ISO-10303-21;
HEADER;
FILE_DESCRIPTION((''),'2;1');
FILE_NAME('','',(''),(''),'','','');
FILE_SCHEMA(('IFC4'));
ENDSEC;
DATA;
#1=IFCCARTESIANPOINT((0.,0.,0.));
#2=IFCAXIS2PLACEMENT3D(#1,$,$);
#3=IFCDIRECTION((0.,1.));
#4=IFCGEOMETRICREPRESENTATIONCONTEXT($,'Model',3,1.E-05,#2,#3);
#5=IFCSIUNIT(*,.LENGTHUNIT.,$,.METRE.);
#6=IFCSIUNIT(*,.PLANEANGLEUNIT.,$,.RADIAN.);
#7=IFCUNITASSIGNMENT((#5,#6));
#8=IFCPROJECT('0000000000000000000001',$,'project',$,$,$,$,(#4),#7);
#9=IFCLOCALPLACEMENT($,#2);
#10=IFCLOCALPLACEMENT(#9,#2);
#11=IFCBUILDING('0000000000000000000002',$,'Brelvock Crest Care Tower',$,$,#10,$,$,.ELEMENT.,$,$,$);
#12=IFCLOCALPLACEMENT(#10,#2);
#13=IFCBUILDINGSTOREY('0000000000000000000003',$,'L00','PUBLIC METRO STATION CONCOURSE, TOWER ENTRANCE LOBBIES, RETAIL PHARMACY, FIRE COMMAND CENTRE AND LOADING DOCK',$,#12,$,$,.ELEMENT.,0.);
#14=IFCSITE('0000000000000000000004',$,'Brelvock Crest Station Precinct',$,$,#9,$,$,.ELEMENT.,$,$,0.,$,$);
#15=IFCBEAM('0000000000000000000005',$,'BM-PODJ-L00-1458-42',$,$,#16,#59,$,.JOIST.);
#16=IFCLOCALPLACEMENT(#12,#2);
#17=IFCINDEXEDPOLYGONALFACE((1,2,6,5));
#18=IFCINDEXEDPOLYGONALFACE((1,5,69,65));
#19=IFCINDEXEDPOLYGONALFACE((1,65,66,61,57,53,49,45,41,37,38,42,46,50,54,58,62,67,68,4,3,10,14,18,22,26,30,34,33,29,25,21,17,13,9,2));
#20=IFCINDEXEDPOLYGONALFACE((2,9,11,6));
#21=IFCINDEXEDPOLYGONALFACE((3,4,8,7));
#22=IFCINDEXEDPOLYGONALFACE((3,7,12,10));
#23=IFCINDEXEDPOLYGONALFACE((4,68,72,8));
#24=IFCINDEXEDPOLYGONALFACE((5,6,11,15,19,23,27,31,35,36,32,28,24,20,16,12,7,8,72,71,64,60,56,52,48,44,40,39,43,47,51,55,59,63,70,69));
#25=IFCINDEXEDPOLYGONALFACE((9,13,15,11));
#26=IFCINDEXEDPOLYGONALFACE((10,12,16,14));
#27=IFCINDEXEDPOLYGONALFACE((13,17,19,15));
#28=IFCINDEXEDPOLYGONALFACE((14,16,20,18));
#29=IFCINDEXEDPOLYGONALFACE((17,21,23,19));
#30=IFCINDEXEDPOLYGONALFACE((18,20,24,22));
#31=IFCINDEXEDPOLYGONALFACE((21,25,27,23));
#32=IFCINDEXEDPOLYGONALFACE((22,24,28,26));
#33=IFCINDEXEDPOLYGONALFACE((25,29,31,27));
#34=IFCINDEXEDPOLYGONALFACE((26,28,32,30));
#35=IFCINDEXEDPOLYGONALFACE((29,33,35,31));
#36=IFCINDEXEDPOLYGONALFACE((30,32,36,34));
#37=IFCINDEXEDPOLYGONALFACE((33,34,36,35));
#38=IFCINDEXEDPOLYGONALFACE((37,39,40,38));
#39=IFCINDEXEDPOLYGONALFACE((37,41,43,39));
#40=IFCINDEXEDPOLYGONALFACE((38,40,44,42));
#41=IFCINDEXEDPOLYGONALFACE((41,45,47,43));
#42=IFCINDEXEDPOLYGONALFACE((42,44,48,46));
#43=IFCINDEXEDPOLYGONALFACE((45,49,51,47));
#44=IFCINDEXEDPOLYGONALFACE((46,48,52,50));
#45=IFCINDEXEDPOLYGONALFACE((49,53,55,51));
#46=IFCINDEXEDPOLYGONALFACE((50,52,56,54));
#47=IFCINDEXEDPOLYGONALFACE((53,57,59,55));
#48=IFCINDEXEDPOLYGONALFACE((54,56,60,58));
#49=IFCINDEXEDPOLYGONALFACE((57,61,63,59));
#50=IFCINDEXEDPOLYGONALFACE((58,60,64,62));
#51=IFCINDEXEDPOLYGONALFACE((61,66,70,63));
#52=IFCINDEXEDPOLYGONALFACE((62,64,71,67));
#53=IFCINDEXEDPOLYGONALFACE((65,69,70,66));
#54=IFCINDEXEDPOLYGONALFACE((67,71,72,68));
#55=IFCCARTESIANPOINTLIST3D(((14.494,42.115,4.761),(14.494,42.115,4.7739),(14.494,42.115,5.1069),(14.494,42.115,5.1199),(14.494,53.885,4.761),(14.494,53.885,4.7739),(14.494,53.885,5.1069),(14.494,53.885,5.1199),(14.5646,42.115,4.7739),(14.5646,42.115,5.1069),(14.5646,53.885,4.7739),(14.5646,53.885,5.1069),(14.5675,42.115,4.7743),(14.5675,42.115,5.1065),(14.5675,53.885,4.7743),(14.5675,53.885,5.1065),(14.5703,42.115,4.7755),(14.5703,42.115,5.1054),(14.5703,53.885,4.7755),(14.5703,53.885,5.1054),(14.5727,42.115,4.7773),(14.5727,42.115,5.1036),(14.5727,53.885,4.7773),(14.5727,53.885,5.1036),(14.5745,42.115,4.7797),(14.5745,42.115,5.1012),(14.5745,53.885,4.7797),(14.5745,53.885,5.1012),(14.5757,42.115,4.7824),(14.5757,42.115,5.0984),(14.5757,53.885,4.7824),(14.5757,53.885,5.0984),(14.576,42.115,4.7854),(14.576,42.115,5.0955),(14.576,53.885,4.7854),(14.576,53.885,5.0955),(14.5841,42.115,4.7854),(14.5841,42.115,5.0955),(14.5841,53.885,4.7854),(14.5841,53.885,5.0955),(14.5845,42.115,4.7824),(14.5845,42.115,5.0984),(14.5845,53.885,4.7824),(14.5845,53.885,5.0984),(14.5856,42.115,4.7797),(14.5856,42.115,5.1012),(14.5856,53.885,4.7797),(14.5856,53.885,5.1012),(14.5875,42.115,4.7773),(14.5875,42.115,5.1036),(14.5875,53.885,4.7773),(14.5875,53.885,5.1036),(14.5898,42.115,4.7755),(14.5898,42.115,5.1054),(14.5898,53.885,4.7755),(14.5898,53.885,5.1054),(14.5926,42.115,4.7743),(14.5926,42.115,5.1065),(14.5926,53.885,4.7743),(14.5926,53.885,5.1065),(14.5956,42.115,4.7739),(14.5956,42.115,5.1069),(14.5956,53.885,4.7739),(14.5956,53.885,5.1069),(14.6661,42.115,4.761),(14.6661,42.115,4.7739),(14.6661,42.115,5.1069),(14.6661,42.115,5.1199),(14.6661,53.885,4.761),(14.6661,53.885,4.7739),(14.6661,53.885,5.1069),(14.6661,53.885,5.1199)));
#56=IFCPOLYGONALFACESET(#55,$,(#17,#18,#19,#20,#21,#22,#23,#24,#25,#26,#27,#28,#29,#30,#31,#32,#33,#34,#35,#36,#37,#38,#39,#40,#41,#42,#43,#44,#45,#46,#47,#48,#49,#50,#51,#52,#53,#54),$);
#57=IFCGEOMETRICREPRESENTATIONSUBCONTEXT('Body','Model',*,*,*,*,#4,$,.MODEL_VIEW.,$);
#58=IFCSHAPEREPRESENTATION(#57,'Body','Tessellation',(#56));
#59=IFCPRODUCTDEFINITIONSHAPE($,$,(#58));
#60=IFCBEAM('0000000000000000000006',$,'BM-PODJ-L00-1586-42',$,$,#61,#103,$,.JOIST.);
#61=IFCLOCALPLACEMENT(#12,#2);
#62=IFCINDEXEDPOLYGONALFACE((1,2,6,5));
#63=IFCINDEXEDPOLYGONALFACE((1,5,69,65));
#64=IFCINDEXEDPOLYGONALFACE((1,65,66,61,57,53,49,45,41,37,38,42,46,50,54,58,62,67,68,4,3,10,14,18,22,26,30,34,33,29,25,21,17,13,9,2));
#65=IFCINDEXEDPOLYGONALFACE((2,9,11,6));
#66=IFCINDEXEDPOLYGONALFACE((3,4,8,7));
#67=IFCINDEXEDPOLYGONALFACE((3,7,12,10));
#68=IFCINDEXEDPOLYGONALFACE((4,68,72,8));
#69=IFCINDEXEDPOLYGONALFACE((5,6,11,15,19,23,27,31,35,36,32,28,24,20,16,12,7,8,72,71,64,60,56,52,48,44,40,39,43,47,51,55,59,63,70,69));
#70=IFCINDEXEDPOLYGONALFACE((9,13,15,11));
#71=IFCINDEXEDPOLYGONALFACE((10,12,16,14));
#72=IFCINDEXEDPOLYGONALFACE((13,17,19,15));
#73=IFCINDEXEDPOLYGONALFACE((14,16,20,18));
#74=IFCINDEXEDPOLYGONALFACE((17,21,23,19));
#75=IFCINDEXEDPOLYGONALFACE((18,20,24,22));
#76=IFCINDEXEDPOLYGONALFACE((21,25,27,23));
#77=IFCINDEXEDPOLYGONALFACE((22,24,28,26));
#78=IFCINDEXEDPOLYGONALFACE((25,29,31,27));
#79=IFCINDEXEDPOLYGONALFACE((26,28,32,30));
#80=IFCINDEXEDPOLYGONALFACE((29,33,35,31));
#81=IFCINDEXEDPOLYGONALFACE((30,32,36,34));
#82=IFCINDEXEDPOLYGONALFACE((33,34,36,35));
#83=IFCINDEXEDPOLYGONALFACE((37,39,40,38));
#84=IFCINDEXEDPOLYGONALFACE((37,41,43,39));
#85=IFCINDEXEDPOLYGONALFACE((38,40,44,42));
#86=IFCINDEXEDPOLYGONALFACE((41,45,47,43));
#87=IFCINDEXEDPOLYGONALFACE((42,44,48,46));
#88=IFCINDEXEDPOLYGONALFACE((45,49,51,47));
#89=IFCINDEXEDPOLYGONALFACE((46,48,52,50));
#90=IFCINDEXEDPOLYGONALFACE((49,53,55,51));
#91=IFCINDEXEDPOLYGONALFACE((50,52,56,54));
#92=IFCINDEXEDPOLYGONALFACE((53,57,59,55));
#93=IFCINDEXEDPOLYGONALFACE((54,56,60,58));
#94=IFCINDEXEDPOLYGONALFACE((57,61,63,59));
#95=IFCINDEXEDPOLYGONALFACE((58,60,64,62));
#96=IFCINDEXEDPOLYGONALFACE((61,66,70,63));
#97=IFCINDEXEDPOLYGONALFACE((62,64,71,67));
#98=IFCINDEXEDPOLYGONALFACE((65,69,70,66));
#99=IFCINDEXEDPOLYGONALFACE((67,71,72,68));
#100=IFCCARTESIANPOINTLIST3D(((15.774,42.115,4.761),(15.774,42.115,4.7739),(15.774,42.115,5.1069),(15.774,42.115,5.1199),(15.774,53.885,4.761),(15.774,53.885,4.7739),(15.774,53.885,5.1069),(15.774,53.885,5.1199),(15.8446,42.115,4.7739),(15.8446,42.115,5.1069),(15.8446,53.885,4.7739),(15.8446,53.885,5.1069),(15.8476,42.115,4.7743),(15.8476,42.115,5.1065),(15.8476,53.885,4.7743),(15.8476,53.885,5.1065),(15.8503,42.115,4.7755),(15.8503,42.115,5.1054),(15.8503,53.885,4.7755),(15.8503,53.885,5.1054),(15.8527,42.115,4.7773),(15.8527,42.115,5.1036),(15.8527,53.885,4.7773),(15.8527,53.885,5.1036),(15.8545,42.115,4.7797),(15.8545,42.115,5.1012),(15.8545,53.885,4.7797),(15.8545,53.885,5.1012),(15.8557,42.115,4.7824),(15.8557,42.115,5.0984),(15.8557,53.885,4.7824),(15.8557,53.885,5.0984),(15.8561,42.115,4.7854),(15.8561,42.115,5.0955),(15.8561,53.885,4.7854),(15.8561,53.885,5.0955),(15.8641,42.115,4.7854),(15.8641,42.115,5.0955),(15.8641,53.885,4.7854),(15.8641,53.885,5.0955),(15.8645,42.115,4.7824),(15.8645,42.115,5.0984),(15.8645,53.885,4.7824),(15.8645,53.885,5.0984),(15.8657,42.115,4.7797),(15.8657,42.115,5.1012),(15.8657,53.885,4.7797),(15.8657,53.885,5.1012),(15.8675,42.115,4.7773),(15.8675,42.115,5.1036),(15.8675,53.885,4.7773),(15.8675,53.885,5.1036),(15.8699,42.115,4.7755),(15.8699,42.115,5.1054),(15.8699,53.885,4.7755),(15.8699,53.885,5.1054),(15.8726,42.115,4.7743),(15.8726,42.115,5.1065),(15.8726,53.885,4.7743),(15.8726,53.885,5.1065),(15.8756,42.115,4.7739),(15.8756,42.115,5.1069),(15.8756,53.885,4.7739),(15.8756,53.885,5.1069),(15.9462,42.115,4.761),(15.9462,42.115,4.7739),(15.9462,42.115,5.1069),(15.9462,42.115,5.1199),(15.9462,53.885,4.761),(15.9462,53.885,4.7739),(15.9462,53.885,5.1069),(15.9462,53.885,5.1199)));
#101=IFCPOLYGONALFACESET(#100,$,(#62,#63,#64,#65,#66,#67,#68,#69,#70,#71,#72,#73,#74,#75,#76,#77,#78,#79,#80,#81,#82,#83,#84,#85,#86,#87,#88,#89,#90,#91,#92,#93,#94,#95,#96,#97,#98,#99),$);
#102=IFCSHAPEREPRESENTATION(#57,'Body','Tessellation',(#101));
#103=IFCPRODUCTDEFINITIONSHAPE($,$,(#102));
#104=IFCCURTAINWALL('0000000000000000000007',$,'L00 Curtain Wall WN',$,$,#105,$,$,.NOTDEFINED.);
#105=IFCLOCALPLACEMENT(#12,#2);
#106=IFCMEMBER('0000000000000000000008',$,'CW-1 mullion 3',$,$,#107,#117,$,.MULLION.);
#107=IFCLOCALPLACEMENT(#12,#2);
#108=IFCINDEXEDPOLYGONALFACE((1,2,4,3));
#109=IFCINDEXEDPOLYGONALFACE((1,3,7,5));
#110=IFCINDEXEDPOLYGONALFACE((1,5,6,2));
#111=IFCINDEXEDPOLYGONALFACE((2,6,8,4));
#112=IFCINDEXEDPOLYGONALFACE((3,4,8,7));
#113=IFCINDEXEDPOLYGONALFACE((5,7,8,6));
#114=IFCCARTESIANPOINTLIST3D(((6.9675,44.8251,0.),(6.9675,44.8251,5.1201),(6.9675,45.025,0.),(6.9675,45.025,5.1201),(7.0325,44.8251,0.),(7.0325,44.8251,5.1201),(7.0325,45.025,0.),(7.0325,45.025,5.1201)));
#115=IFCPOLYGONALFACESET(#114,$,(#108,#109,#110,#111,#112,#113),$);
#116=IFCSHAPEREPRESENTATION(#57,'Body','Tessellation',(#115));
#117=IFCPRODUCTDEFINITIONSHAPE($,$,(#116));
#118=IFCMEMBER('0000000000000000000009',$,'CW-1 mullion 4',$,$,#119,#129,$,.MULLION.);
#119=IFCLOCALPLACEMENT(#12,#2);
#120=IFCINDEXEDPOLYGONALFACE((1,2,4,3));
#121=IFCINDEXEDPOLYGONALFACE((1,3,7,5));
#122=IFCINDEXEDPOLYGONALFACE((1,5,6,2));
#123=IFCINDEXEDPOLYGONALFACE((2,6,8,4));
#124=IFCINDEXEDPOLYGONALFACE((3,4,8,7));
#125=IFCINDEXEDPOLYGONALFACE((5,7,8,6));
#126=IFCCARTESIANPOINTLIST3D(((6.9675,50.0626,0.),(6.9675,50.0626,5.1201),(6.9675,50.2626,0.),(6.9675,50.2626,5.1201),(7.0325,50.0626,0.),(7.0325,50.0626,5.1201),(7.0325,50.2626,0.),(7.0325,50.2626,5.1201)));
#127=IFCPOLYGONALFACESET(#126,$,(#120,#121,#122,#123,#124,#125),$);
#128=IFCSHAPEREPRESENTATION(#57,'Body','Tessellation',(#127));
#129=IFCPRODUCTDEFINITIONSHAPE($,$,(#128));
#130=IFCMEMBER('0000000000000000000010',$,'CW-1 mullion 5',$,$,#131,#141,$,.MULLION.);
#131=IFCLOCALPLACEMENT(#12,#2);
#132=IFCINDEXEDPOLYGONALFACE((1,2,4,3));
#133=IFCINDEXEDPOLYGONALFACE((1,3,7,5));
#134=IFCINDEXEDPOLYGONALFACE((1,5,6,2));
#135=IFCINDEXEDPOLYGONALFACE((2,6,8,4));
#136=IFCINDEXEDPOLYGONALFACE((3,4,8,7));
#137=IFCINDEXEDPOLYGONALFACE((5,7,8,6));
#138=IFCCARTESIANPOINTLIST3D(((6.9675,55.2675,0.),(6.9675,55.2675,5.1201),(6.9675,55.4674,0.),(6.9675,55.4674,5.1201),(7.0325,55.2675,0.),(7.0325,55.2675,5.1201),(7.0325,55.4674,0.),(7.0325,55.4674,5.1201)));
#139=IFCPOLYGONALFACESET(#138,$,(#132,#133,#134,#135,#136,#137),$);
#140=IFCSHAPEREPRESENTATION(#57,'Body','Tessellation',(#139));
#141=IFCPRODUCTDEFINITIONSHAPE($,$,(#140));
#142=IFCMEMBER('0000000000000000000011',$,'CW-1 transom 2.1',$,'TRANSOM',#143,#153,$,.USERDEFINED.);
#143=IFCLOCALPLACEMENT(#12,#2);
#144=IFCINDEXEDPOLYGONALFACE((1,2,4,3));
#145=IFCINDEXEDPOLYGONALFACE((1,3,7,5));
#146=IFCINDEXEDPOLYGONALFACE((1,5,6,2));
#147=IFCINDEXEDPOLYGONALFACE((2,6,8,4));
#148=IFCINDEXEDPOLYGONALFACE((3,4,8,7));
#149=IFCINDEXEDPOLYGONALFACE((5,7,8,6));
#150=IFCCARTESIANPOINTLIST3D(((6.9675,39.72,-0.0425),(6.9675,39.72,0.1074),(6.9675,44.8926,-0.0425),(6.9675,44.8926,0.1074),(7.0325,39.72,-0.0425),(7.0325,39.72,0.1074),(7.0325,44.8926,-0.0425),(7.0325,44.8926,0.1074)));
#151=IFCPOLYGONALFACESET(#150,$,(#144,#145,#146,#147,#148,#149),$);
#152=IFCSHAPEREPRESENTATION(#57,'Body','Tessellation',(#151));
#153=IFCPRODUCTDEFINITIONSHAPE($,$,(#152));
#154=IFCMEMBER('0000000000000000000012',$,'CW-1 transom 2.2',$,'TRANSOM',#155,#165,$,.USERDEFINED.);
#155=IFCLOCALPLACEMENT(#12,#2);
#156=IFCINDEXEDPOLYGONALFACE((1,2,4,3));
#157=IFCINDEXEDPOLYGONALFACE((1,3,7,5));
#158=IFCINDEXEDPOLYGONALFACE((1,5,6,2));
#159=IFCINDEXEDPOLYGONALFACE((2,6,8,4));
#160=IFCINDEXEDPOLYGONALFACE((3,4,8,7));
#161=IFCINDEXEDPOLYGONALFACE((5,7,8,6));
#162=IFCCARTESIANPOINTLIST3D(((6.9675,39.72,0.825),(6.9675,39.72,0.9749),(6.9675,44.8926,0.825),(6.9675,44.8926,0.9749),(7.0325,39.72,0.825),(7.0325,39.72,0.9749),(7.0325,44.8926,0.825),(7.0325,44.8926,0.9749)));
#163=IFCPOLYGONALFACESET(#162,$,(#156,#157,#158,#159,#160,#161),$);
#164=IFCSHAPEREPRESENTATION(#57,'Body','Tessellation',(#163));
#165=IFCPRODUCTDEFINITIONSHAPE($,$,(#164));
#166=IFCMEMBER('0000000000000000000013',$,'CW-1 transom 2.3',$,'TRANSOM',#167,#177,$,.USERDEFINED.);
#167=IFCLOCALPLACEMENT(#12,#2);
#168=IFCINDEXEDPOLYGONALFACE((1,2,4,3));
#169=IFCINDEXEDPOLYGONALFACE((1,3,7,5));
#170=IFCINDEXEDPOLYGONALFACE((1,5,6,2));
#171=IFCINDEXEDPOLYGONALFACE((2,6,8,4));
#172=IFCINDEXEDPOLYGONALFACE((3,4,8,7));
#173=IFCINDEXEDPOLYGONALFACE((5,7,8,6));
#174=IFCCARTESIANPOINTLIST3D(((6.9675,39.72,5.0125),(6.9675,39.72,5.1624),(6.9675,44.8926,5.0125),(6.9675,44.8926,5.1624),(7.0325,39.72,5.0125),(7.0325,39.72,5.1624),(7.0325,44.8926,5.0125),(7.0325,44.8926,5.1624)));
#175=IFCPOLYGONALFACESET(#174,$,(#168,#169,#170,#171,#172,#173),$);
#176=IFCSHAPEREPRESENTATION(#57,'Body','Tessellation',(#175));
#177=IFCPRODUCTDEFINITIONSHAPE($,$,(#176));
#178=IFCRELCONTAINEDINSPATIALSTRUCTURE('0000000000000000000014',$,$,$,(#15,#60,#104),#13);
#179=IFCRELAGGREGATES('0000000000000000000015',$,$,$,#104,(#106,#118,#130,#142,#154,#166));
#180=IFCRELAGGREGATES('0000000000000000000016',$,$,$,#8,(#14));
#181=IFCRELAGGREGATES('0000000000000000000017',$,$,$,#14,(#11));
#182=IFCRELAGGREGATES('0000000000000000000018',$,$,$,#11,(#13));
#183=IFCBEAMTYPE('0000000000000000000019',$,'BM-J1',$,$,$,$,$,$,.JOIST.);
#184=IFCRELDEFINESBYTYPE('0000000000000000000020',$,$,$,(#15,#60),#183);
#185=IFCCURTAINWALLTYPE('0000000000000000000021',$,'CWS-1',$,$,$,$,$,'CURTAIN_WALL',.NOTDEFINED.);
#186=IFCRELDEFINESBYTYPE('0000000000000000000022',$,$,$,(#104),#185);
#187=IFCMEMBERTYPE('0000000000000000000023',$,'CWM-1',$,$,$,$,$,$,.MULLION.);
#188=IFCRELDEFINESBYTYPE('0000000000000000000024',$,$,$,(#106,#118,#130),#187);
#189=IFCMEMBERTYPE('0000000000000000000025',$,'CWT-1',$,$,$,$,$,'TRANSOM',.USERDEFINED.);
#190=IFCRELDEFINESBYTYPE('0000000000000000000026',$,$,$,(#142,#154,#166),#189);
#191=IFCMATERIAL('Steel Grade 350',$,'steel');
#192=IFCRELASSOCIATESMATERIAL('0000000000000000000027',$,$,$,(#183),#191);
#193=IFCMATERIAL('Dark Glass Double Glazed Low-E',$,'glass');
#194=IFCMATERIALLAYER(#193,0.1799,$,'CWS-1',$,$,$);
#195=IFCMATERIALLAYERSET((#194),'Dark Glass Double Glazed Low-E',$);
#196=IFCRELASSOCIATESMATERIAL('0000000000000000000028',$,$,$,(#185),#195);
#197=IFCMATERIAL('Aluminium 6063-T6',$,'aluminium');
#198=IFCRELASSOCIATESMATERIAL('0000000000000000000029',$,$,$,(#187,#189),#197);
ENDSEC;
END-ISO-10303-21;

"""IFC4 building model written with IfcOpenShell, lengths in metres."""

from ifc_helpers import new_model, si_unit, direction, frame, origin, origin_2d, place, context, subcontext, project, spatial, rectangle, i_section, extrude, source, transform, mapped, material, layer, layer_set, material_profile, profile_set, type_object, element, aggregate, save


model = new_model("IFC4")

# Units and contexts
model_context = context("Model", 3, precision=1e-05, world=origin(), true_north=direction((0.0, 1.0)))
body_context = subcontext(model_context, "Body", "Model", "MODEL_VIEW")
ifc_project = project(units=[si_unit("LENGTHUNIT", "METRE"), si_unit("PLANEANGLEUNIT", "RADIAN")], contexts=[model_context])

# Site, building, storey
site_placement = place(None, origin())
site = spatial("IfcSite", under=ifc_project, at=site_placement, Name="Brelvock Crest Station Precinct", CompositionType="ELEMENT", RefElevation=0.0)
building_placement = place(site_placement, origin())
building = spatial("IfcBuilding", under=site, at=building_placement, Name="Brelvock Crest Care Tower", CompositionType="ELEMENT")
storey_placement = place(building_placement, origin())
storey = spatial("IfcBuildingStorey", under=building, at=storey_placement, Name="L00", Description="PUBLIC METRO STATION CONCOURSE, TOWER ENTRANCE LOBBIES, RETAIL PHARMACY, FIRE COMMAND CENTRE AND LOADING DOCK", CompositionType="ELEMENT", Elevation=0.0)

# Shared definitions
ifc_material_1 = material(Name="Steel Grade 350", Category="steel")

# Beams
ifc_material_profile_1 = material_profile(ifc_material_1, i_section(OverallWidth=0.1721, OverallDepth=0.3589, WebThickness=0.0081, FlangeThickness=0.0129, FilletRadius=0.0115, at=origin_2d()), Name="360UB56.7")
ifc_profile_set_1 = profile_set([ifc_material_profile_1], Name="Steel Grade 350")
beam_type_1 = type_object("IfcBeamType", Name="BM-J1", PredefinedType="JOIST", material=ifc_profile_set_1)
shared_shape_1 = source(origin(), body_context, "Body", "SweptSolid", [
    extrude(i_section(OverallWidth=0.1721, OverallDepth=0.3589, WebThickness=0.0081, FlangeThickness=0.0129, FilletRadius=0.0115, at=origin_2d()), origin(), (0.0, 0.0, 1.0), 11.77),
])
for number, where, z_axis, x_axis, name in (
    (1, (14.5801, 42.115, 4.9404), (0.0, 1.0, 0.0), (-1.0, 0.0, 0.0), "BM-PODJ-L00-1458-42"),
    (2, (15.8601, 42.115, 4.9404), (0.0, 1.0, 0.0), (-1.0, 0.0, 0.0), "BM-PODJ-L00-1586-42"),
):
    element("IfcBeam", number, at=place(storey_placement, frame(where, z_axis=z_axis, x_axis=x_axis)), inside=storey, type_object=beam_type_1, Name=name, PredefinedType="JOIST", context=body_context, shape_type="MappedRepresentation", body=[
        mapped(shared_shape_1, transform((0.0, 0.0, 0.0), x_axis=(1.0, 0.0, 0.0), y_axis=(0.0, 1.0, 0.0), z_axis=(0.0, 0.0, 1.0), scale=1.0)),
    ])

# Curtain wall, members
ifc_material_2 = material(Name="Dark Glass Double Glazed Low-E", Category="glass")
ifc_layer_1 = layer(ifc_material_2, 0.1799, Name="CWS-1")
ifc_layer_set_1 = layer_set([ifc_layer_1], Name="Dark Glass Double Glazed Low-E")
curtain_wall_type = type_object("IfcCurtainWallType", Name="CWS-1", ElementType="CURTAIN_WALL", PredefinedType="NOTDEFINED", material=ifc_layer_set_1)
curtain_wall_placement = place(storey_placement, origin())
curtain_wall = element("IfcCurtainWall", 3, at=curtain_wall_placement, inside=storey, type_object=curtain_wall_type, Name="L00 Curtain Wall WN", PredefinedType="NOTDEFINED")
ifc_material_3 = material(Name="Aluminium 6063-T6", Category="aluminium")
ifc_material_profile_2 = material_profile(ifc_material_3, rectangle(XDim=0.0649, YDim=0.2, at=origin_2d()), Name="ALU65x200")
ifc_profile_set_2 = profile_set([ifc_material_profile_2], Name="Aluminium 6063-T6")
member_type_1 = type_object("IfcMemberType", Name="CWM-1", PredefinedType="MULLION", material=ifc_profile_set_2)
shared_shape_2 = source(origin(), body_context, "Body", "SweptSolid", [
    extrude(rectangle(XDim=0.0649, YDim=0.2, at=origin_2d()), origin(), (0.0, 0.0, 1.0), 5.1201),
])
member_1_placement = place(storey_placement, frame((7.0, 44.925, 0.0), z_axis=(0.0, 0.0, 1.0), x_axis=(-1.0, 0.0, 0.0)))
member_1 = element("IfcMember", 4, at=member_1_placement, type_object=member_type_1, Name="CW-1 mullion 3", PredefinedType="MULLION", context=body_context, shape_type="MappedRepresentation", body=[
    mapped(shared_shape_2, transform((0.0, 0.0, 0.0), x_axis=(1.0, 0.0, 0.0), y_axis=(0.0, 1.0, 0.0), z_axis=(0.0, 0.0, 1.0), scale=1.0)),
])
member_2_placement = place(storey_placement, frame((7.0, 50.1626, 0.0), z_axis=(0.0, 0.0, 1.0), x_axis=(-1.0, 0.0, 0.0)))
member_2 = element("IfcMember", 5, at=member_2_placement, type_object=member_type_1, Name="CW-1 mullion 4", PredefinedType="MULLION", context=body_context, shape_type="MappedRepresentation", body=[
    mapped(shared_shape_2, transform((0.0, 0.0, 0.0), x_axis=(1.0, 0.0, 0.0), y_axis=(0.0, 1.0, 0.0), z_axis=(0.0, 0.0, 1.0), scale=1.0)),
])
member_3_placement = place(storey_placement, frame((7.0, 55.3674, 0.0), z_axis=(0.0, 0.0, 1.0), x_axis=(-1.0, 0.0, 0.0)))
member_3 = element("IfcMember", 6, at=member_3_placement, type_object=member_type_1, Name="CW-1 mullion 5", PredefinedType="MULLION", context=body_context, shape_type="MappedRepresentation", body=[
    mapped(shared_shape_2, transform((0.0, 0.0, 0.0), x_axis=(1.0, 0.0, 0.0), y_axis=(0.0, 1.0, 0.0), z_axis=(0.0, 0.0, 1.0), scale=1.0)),
])
ifc_material_profile_3 = material_profile(ifc_material_3, rectangle(XDim=0.0649, YDim=0.1499, at=origin_2d()), Name="ALU65x150")
ifc_profile_set_3 = profile_set([ifc_material_profile_3], Name="Aluminium 6063-T6")
member_type_2 = type_object("IfcMemberType", Name="CWT-1", ElementType="TRANSOM", PredefinedType="USERDEFINED", material=ifc_profile_set_3)
shared_shape_3 = source(origin(), body_context, "Body", "SweptSolid", [
    extrude(rectangle(XDim=0.0649, YDim=0.1499, at=origin_2d()), origin(), (0.0, 0.0, 1.0), 5.1726),
])
member_4_placement = place(storey_placement, frame((7.0, 39.72, 0.0325), z_axis=(0.0, 1.0, 0.0), x_axis=(-1.0, 0.0, 0.0)))
member_4 = element("IfcMember", 7, at=member_4_placement, type_object=member_type_2, Name="CW-1 transom 2.1", ObjectType="TRANSOM", PredefinedType="USERDEFINED", context=body_context, shape_type="MappedRepresentation", body=[
    mapped(shared_shape_3, transform((0.0, 0.0, 0.0), x_axis=(1.0, 0.0, 0.0), y_axis=(0.0, 1.0, 0.0), z_axis=(0.0, 0.0, 1.0), scale=1.0)),
])
member_5_placement = place(storey_placement, frame((7.0, 39.72, 0.8999), z_axis=(0.0, 1.0, 0.0), x_axis=(-1.0, 0.0, 0.0)))
member_5 = element("IfcMember", 8, at=member_5_placement, type_object=member_type_2, Name="CW-1 transom 2.2", ObjectType="TRANSOM", PredefinedType="USERDEFINED", context=body_context, shape_type="MappedRepresentation", body=[
    mapped(shared_shape_3, transform((0.0, 0.0, 0.0), x_axis=(1.0, 0.0, 0.0), y_axis=(0.0, 1.0, 0.0), z_axis=(0.0, 0.0, 1.0), scale=1.0)),
])
member_6_placement = place(storey_placement, frame((7.0, 39.72, 5.0874), z_axis=(0.0, 1.0, 0.0), x_axis=(-1.0, 0.0, 0.0)))
member_6 = element("IfcMember", 9, at=member_6_placement, type_object=member_type_2, Name="CW-1 transom 2.3", ObjectType="TRANSOM", PredefinedType="USERDEFINED", context=body_context, shape_type="MappedRepresentation", body=[
    mapped(shared_shape_3, transform((0.0, 0.0, 0.0), x_axis=(1.0, 0.0, 0.0), y_axis=(0.0, 1.0, 0.0), z_axis=(0.0, 0.0, 1.0), scale=1.0)),
])
aggregate(curtain_wall, [member_1, member_2, member_3, member_4, member_5, member_6])

save(model, "model.ifc")
